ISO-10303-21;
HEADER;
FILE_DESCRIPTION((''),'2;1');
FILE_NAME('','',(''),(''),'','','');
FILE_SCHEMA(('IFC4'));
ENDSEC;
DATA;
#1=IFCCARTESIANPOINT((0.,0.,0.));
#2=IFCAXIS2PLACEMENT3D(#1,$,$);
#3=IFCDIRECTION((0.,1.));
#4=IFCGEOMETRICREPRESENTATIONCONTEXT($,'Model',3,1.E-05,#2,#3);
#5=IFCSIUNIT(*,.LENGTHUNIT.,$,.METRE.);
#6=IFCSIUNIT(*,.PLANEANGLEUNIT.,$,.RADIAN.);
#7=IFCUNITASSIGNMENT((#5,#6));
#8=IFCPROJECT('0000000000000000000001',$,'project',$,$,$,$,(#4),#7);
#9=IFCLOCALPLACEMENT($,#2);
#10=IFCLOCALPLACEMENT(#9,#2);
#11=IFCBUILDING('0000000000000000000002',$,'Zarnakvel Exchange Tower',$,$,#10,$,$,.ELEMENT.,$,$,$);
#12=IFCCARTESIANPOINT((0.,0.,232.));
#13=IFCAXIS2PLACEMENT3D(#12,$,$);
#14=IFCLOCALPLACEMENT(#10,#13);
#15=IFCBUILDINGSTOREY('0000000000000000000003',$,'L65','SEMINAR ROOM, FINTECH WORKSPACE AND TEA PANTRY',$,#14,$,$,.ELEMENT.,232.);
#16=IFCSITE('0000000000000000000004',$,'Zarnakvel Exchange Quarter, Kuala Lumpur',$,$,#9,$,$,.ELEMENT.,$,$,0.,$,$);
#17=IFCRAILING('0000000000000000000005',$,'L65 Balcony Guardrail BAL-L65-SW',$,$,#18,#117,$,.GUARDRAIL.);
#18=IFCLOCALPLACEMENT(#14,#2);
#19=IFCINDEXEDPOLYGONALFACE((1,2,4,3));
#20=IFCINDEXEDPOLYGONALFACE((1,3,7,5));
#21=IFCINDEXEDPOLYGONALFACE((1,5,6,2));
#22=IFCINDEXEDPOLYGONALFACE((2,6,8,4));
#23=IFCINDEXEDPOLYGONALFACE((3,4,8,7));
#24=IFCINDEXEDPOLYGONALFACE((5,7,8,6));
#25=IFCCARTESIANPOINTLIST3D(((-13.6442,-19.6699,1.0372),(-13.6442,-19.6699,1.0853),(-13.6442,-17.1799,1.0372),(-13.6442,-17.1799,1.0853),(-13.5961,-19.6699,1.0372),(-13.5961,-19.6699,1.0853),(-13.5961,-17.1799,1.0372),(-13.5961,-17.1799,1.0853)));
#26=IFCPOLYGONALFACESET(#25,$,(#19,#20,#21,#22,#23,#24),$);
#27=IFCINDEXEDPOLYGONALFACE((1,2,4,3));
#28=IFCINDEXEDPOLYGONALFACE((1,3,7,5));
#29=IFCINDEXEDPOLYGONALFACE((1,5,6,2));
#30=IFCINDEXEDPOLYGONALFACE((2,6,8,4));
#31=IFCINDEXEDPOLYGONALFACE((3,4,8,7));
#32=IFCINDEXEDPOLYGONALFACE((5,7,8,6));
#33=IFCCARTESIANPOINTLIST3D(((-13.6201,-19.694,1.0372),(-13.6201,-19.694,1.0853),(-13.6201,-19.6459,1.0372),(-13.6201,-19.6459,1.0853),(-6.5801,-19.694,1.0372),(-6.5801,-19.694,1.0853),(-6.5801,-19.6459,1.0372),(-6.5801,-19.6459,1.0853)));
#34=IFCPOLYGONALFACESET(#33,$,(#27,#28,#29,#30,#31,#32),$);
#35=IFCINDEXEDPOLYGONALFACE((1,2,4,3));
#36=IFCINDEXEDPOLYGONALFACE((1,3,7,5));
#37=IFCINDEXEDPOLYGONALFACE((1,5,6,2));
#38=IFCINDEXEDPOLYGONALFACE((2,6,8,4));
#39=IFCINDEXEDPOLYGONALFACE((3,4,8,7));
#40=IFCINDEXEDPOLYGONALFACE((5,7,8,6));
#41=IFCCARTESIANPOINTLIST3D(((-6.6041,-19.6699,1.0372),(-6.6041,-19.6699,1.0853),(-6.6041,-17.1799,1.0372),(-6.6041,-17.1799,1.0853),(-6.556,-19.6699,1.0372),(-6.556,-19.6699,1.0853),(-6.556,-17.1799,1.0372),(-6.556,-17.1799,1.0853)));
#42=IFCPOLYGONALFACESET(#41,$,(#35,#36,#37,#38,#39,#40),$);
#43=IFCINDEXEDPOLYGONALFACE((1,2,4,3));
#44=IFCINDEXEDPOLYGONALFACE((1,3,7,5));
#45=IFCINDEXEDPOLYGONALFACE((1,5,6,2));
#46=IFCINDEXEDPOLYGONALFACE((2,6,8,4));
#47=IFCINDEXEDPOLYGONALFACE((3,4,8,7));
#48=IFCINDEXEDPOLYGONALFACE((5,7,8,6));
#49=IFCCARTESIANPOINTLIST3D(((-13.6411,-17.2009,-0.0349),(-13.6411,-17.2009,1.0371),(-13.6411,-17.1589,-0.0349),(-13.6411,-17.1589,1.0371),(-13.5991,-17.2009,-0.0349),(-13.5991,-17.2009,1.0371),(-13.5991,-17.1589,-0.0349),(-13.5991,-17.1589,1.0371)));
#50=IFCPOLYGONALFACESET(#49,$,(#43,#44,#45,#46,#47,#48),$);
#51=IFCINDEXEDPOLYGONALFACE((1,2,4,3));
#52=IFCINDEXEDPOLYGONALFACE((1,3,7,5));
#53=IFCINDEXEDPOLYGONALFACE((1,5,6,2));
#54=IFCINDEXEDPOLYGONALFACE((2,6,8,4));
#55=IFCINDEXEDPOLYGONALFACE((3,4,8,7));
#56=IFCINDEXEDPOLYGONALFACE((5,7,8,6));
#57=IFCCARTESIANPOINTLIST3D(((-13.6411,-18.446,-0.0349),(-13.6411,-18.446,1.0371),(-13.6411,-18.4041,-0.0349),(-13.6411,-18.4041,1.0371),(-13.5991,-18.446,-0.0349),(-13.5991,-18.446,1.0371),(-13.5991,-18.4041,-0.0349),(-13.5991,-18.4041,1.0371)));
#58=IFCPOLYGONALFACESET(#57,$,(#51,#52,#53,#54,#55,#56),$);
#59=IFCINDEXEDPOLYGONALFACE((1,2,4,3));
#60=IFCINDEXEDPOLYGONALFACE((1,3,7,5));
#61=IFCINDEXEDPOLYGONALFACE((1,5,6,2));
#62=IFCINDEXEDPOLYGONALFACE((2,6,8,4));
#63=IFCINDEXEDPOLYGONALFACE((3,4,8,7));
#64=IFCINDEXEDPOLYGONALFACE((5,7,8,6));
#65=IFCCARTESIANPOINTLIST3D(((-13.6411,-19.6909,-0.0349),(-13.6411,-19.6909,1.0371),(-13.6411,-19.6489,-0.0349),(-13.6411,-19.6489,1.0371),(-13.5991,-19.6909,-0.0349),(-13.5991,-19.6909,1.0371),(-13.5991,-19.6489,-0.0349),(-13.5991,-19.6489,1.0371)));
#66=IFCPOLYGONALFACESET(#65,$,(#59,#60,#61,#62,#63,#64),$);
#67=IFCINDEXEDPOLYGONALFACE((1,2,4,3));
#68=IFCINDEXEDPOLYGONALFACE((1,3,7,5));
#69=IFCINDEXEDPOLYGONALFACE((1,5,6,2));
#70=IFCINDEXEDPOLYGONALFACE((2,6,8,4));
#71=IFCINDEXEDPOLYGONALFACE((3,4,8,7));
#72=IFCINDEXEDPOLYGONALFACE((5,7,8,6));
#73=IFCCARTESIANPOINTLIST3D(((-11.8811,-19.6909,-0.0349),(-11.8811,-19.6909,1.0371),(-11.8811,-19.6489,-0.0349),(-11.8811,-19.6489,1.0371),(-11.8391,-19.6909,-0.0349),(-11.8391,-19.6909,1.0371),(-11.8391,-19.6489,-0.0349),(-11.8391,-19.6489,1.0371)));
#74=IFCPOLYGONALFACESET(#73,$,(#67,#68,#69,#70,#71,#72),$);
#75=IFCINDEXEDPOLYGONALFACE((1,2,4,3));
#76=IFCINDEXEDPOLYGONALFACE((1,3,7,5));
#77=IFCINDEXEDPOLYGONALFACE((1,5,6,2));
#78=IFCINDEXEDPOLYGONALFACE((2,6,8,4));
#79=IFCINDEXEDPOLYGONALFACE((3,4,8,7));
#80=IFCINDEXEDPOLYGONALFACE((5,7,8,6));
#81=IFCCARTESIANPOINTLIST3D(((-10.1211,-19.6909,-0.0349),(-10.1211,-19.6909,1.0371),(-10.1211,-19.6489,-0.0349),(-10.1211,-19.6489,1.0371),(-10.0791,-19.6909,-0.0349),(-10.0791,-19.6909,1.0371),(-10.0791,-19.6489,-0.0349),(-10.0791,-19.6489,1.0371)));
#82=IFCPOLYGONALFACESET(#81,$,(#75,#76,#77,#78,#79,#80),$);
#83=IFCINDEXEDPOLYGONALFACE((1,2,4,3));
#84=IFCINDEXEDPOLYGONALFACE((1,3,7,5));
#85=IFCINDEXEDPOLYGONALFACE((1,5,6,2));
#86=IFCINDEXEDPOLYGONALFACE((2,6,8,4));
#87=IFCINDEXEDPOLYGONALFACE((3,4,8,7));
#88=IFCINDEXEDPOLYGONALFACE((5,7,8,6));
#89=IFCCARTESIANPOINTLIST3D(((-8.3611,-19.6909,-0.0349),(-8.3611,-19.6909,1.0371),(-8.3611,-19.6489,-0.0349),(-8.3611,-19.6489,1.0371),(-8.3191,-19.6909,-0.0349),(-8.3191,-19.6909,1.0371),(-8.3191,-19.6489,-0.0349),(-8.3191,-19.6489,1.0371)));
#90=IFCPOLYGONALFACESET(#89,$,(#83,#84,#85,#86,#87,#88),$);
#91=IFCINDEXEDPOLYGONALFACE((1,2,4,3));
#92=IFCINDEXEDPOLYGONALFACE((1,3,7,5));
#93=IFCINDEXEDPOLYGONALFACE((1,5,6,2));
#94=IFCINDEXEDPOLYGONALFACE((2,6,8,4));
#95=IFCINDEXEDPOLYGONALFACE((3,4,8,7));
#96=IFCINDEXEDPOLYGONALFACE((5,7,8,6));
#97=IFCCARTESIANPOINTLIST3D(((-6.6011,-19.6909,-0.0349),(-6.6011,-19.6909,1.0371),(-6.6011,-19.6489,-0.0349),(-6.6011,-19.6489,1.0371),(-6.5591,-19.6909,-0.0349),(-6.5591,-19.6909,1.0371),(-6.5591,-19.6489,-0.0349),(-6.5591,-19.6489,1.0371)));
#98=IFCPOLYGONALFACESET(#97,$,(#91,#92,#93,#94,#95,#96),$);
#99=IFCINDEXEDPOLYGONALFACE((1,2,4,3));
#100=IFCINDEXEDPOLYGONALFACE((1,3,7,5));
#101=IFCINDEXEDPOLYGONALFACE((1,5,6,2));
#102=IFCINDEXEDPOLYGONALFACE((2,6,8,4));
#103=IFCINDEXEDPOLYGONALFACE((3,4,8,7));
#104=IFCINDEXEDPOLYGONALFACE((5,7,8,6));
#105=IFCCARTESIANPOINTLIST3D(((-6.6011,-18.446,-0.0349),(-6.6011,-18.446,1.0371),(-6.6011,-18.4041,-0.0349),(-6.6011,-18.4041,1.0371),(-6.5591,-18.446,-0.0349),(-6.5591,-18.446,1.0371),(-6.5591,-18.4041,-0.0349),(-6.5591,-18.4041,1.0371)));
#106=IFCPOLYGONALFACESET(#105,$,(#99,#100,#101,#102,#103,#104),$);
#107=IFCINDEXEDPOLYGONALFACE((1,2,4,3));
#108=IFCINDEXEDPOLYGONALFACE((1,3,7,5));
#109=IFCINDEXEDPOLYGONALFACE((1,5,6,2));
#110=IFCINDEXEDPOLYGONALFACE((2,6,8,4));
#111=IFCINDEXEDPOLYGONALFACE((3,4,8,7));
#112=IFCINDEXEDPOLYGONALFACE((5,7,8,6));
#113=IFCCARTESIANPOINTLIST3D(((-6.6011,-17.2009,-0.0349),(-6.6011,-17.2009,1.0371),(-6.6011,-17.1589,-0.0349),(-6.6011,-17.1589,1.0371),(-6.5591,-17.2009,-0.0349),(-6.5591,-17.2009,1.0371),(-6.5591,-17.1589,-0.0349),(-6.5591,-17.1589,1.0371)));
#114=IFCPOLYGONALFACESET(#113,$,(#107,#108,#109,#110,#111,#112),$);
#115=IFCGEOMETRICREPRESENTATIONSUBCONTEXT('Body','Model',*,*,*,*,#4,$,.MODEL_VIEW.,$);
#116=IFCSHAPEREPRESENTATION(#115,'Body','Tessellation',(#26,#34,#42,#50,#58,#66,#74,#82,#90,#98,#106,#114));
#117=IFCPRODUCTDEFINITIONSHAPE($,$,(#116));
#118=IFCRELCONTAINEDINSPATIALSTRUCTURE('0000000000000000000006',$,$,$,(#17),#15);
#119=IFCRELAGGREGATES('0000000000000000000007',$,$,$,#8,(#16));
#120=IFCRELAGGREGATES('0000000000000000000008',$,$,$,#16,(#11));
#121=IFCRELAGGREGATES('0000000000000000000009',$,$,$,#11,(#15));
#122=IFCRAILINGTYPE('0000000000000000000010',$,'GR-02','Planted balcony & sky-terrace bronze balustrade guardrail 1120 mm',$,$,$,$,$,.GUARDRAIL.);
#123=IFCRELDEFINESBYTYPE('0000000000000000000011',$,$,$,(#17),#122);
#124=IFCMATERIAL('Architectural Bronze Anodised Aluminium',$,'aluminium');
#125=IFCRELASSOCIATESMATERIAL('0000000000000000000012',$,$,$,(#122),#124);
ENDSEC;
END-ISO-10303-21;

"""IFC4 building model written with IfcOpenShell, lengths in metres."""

from ifc_helpers import new_model, si_unit, direction, frame, origin, origin_2d, place, context, subcontext, project, spatial, rectangle, extrude, material, type_object, element, save


model = new_model("IFC4")

# Units and contexts
model_context = context("Model", 3, precision=1e-05, world=origin(), true_north=direction((0.0, 1.0)))
body_context = subcontext(model_context, "Body", "Model", "MODEL_VIEW")
ifc_project = project(units=[si_unit("LENGTHUNIT", "METRE"), si_unit("PLANEANGLEUNIT", "RADIAN")], contexts=[model_context])

# Site, building, storey
site_placement = place(None, origin())
site = spatial("IfcSite", under=ifc_project, at=site_placement, Name="Zarnakvel Exchange Quarter, Kuala Lumpur", CompositionType="ELEMENT", RefElevation=0.0)
building_placement = place(site_placement, origin())
building = spatial("IfcBuilding", under=site, at=building_placement, Name="Zarnakvel Exchange Tower", CompositionType="ELEMENT")
storey_placement = place(building_placement, frame((0.0, 0.0, 232.0)))
storey = spatial("IfcBuildingStorey", under=building, at=storey_placement, Name="L65", Description="SEMINAR ROOM, FINTECH WORKSPACE AND TEA PANTRY", CompositionType="ELEMENT", Elevation=232.0)

# Shared definitions
ifc_material_1 = material(Name="Architectural Bronze Anodised Aluminium", Category="aluminium")

# Railing
railing_type = type_object("IfcRailingType", Name="GR-02", Description="Planted balcony & sky-terrace bronze balustrade guardrail 1120 mm", PredefinedType="GUARDRAIL", material=ifc_material_1)
railing_placement = place(storey_placement, frame((-13.6201, -17.1799, -0.0349)))
element("IfcRailing", 1, at=railing_placement, inside=storey, type_object=railing_type, Name="L65 Balcony Guardrail BAL-L65-SW", PredefinedType="GUARDRAIL", context=body_context, shape_type="SweptSolid", body=[
    extrude(rectangle(XDim=0.0481, YDim=0.0481, at=origin_2d()), frame((0.0, 0.0, 1.0962), z_axis=(0.0, -1.0, 0.0), x_axis=(1.0, 0.0, 0.0)), (0.0, 0.0, 1.0), 2.49),
    extrude(rectangle(XDim=0.0481, YDim=0.0481, at=origin_2d()), frame((0.0, -2.49, 1.0962), z_axis=(1.0, 0.0, 0.0), x_axis=(0.0, 1.0, 0.0)), (0.0, 0.0, 1.0), 7.04),
    extrude(rectangle(XDim=0.0481, YDim=0.0481, at=origin_2d()), frame((7.04, -2.49, 1.0962), z_axis=(0.0, 1.0, 0.0), x_axis=(-1.0, 0.0, 0.0)), (0.0, 0.0, 1.0), 2.49),
    extrude(rectangle(XDim=0.042, YDim=0.042, at=origin_2d()), origin(), (0.0, 0.0, 1.0), 1.072),
    extrude(rectangle(XDim=0.042, YDim=0.042, at=origin_2d()), frame((0.0, -1.2451, 0.0)), (0.0, 0.0, 1.0), 1.072),
    extrude(rectangle(XDim=0.042, YDim=0.042, at=origin_2d()), frame((0.0, -2.49, 0.0)), (0.0, 0.0, 1.0), 1.072),
    extrude(rectangle(XDim=0.042, YDim=0.042, at=origin_2d()), frame((1.76, -2.49, 0.0)), (0.0, 0.0, 1.0), 1.072),
    extrude(rectangle(XDim=0.042, YDim=0.042, at=origin_2d()), frame((3.52, -2.49, 0.0)), (0.0, 0.0, 1.0), 1.072),
    extrude(rectangle(XDim=0.042, YDim=0.042, at=origin_2d()), frame((5.28, -2.49, 0.0)), (0.0, 0.0, 1.0), 1.072),
    extrude(rectangle(XDim=0.042, YDim=0.042, at=origin_2d()), frame((7.04, -2.49, 0.0)), (0.0, 0.0, 1.0), 1.072),
    extrude(rectangle(XDim=0.042, YDim=0.042, at=origin_2d()), frame((7.04, -1.2451, 0.0)), (0.0, 0.0, 1.0), 1.072),
    extrude(rectangle(XDim=0.042, YDim=0.042, at=origin_2d()), frame((7.04, 0.0, 0.0)), (0.0, 0.0, 1.0), 1.072),
])

save(model, "model.ifc")
